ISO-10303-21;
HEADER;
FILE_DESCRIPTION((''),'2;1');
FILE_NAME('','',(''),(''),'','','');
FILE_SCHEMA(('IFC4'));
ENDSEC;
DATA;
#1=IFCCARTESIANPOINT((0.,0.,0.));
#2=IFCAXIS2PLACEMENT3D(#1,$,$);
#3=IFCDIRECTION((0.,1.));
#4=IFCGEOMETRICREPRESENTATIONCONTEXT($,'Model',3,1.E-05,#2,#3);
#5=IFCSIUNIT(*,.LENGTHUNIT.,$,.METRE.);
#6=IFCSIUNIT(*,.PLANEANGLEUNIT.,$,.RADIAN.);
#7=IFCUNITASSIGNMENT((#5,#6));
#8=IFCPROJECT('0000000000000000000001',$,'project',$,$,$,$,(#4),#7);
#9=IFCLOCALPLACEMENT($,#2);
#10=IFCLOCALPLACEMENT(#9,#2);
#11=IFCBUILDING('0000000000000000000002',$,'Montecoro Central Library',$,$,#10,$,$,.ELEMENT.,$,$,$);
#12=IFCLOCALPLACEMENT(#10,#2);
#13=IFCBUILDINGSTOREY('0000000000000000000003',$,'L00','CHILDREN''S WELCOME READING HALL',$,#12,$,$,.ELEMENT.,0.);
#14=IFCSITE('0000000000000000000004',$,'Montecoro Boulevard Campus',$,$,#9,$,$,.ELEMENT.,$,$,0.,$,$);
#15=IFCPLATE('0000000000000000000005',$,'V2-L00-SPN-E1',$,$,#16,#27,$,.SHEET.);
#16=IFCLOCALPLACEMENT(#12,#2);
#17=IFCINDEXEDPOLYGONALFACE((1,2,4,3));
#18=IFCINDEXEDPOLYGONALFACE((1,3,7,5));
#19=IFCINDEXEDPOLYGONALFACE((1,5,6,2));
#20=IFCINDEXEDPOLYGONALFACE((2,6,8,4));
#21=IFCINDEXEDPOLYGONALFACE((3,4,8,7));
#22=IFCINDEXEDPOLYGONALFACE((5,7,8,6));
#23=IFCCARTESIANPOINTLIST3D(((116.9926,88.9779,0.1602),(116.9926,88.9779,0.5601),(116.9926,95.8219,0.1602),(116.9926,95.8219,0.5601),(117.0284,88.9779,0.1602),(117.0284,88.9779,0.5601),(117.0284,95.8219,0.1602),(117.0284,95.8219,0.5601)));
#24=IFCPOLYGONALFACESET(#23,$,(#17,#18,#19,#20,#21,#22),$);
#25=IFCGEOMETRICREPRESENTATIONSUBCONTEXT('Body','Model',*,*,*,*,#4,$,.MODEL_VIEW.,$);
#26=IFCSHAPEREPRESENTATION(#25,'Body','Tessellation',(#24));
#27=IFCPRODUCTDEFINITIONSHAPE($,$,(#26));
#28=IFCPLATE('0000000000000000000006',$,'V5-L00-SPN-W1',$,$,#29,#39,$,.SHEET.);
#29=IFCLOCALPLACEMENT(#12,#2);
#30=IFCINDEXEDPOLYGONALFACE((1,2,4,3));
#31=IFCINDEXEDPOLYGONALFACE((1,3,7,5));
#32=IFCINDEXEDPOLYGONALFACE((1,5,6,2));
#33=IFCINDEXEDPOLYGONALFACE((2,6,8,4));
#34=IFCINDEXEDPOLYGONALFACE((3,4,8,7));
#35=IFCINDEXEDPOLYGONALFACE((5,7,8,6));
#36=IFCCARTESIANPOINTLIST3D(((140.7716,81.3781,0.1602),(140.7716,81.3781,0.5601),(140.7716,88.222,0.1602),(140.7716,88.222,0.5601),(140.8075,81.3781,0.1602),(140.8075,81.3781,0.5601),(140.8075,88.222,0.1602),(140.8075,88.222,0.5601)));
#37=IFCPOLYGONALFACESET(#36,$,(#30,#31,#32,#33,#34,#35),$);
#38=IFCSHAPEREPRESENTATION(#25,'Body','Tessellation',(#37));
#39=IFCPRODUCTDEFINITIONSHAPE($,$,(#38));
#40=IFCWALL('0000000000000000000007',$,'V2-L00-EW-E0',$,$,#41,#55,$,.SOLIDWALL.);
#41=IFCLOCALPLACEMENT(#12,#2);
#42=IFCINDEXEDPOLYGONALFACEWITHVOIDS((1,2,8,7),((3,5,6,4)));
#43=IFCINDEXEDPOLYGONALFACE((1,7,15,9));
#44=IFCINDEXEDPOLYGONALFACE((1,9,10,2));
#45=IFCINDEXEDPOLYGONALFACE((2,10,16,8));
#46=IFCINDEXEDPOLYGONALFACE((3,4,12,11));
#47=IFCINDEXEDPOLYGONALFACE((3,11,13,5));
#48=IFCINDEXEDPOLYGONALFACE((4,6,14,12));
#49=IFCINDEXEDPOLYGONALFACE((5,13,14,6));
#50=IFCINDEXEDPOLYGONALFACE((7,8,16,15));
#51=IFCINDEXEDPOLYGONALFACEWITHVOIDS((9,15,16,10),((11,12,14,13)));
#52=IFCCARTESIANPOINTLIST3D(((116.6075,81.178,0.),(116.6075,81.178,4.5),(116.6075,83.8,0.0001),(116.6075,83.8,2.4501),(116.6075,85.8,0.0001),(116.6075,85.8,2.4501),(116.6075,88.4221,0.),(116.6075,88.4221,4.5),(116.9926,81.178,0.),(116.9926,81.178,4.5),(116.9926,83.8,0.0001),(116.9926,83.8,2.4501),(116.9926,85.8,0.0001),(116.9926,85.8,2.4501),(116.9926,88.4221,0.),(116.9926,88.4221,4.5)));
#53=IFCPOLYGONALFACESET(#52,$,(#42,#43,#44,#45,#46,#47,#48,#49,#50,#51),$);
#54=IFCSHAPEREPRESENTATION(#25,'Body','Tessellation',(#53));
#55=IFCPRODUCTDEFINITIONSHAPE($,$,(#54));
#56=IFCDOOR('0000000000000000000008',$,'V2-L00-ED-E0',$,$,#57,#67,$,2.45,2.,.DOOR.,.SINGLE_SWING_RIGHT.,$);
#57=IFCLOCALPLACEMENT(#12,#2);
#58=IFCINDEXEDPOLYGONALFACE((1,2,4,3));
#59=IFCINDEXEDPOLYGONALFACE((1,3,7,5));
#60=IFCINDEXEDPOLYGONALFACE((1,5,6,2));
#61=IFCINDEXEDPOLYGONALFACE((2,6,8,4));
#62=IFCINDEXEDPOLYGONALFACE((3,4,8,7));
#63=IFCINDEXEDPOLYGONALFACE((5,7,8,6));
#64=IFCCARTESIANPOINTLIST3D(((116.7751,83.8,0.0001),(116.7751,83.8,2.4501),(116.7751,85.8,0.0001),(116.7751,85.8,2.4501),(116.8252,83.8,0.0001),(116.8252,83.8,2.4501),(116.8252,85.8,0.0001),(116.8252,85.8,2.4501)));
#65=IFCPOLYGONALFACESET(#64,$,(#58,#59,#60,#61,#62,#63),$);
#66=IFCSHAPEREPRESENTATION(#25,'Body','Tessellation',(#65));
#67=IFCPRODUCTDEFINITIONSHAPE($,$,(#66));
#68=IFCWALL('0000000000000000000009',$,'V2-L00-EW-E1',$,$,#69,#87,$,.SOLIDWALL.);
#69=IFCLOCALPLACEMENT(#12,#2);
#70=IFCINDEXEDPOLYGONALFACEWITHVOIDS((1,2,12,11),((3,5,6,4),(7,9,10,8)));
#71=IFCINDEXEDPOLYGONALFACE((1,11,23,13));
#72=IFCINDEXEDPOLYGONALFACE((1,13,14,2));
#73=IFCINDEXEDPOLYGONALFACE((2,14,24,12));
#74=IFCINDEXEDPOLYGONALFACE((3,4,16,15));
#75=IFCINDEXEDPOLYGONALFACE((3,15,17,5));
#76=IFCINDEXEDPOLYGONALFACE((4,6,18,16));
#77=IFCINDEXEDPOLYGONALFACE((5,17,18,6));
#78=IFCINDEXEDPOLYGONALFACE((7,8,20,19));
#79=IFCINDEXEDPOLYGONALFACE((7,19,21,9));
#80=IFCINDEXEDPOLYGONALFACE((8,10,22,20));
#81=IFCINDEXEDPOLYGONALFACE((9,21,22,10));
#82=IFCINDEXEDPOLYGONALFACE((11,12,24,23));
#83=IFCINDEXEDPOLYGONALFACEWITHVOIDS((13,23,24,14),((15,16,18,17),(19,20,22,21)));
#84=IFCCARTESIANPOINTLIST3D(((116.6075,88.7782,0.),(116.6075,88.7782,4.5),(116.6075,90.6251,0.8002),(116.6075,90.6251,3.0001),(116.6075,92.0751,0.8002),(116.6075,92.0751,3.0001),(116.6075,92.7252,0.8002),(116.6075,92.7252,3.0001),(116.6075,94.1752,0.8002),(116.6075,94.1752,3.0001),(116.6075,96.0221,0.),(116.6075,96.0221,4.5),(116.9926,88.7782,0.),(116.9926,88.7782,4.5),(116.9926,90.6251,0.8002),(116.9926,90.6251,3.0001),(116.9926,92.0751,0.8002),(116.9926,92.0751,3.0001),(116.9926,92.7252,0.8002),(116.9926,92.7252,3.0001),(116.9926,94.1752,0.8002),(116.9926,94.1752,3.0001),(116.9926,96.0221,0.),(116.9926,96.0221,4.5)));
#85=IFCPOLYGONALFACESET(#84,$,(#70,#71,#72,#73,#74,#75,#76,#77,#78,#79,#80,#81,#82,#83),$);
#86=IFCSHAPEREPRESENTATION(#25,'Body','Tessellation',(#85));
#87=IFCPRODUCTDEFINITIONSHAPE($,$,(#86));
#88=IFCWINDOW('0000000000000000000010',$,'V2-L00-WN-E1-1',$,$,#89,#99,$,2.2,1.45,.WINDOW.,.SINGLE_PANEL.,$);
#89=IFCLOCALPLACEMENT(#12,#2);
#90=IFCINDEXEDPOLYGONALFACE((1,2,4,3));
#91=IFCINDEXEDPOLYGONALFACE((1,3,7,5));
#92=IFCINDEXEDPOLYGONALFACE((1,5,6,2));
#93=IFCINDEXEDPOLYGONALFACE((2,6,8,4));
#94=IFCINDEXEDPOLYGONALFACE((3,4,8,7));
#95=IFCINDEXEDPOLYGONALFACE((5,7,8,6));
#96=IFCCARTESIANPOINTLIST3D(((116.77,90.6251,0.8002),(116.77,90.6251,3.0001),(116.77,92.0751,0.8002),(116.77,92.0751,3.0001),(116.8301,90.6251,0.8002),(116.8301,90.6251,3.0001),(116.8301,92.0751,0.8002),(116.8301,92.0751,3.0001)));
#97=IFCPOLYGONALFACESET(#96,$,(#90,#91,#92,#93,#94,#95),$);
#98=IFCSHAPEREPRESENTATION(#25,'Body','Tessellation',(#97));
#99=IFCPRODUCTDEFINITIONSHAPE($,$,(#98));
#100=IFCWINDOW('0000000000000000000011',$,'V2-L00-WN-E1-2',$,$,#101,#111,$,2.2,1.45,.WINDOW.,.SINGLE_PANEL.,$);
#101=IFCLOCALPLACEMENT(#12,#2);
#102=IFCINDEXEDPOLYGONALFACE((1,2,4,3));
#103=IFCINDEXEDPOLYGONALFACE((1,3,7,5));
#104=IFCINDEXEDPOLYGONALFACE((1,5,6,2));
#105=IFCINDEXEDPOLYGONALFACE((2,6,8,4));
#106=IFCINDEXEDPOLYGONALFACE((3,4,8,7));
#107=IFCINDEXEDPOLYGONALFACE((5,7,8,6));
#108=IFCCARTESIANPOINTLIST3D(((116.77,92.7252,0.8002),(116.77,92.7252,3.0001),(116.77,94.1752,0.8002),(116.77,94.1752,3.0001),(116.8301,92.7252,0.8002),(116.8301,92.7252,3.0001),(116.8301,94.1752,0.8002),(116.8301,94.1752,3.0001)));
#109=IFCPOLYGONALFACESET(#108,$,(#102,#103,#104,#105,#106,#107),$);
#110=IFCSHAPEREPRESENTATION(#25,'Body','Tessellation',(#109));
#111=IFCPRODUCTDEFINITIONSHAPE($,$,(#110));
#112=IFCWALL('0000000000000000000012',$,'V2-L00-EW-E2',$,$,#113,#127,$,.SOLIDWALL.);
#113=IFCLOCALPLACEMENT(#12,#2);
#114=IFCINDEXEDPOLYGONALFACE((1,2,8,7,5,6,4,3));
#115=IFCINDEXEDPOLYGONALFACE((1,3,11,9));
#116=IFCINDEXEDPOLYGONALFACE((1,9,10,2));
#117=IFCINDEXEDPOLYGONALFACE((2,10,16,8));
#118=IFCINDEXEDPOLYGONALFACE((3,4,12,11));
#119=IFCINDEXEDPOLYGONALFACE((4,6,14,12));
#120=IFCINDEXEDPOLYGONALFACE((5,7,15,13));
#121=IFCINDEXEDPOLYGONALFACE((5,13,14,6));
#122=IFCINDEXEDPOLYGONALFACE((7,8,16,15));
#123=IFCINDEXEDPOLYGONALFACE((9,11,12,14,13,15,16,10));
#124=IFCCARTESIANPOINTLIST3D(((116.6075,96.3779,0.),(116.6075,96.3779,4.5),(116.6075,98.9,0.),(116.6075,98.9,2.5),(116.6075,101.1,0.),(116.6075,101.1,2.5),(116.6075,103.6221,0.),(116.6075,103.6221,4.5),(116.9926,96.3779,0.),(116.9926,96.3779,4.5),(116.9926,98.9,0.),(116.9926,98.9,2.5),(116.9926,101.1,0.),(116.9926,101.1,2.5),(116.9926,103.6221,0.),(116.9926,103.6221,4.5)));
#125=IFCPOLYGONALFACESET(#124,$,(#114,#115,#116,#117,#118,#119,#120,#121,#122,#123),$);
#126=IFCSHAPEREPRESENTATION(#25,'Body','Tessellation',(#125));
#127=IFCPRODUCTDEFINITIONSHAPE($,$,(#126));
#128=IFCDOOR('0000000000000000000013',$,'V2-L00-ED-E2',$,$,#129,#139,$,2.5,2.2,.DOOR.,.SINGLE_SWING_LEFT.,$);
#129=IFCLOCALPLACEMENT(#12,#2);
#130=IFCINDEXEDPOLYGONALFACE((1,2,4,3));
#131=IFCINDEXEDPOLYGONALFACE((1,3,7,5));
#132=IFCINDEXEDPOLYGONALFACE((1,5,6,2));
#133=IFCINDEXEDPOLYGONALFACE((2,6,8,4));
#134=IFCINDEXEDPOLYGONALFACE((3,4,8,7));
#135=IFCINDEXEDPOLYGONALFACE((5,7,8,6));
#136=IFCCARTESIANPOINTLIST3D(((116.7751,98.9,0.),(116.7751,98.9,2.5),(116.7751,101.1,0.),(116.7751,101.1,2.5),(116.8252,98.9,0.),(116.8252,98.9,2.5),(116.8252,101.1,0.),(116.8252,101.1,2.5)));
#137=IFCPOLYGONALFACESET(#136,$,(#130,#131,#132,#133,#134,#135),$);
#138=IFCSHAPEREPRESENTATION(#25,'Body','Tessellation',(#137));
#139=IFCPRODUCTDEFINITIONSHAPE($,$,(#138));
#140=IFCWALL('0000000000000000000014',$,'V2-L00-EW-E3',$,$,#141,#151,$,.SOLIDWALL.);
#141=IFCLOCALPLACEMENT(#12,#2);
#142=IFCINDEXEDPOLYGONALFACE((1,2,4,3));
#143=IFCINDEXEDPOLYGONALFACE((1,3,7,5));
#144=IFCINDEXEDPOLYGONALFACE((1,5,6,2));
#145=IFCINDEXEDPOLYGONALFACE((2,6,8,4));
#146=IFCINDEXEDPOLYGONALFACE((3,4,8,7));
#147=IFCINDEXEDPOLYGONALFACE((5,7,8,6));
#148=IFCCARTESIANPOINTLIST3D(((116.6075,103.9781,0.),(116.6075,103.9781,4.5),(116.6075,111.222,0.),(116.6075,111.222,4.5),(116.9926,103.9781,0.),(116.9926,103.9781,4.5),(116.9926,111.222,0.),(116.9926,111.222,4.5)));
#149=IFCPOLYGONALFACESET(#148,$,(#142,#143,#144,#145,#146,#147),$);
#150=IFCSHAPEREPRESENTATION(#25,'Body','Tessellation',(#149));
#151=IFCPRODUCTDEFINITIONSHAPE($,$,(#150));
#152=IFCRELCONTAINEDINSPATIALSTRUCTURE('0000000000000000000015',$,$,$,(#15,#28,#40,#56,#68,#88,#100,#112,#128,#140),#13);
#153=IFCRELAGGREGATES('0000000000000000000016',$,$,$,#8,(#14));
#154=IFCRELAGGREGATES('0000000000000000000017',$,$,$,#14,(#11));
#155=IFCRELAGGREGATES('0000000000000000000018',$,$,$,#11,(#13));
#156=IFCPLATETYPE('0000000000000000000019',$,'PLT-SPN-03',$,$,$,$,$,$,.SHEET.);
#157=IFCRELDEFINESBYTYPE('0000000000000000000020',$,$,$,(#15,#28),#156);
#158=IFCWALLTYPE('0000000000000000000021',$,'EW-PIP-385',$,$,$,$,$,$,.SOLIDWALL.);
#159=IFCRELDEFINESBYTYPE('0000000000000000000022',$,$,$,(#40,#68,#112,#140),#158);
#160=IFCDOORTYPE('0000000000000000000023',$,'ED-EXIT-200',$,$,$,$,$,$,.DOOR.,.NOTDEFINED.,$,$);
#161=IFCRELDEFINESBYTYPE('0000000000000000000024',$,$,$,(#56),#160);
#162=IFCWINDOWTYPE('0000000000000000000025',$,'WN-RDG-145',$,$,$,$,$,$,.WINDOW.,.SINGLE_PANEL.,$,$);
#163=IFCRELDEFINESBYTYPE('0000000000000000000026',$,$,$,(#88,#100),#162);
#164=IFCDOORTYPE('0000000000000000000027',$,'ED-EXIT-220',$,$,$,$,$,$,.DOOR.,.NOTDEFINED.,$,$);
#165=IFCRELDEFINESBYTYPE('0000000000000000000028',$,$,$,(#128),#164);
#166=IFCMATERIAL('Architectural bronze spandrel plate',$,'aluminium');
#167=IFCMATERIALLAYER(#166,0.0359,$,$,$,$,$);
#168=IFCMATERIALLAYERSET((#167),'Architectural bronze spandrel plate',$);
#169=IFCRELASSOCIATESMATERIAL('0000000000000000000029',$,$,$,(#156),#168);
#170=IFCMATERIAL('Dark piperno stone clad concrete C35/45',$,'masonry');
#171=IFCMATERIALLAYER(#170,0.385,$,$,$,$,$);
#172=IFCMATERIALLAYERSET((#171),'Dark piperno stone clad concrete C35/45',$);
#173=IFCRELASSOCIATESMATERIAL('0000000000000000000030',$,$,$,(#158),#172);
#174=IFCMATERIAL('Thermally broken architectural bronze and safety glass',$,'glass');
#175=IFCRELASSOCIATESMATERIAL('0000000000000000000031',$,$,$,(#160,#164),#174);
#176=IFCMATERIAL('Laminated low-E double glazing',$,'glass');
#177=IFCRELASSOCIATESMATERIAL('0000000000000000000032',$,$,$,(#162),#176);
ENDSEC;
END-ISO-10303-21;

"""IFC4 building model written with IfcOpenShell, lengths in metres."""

from ifc_helpers import new_model, si_unit, direction, frame, frame_2d, origin, origin_2d, place, context, subcontext, project, spatial, rectangle, extrude, material, layer, layer_set, type_object, element, fill, save


model = new_model("IFC4")

# Units and contexts
model_context = context("Model", 3, precision=1e-05, world=origin(), true_north=direction((0.0, 1.0)))
body_context = subcontext(model_context, "Body", "Model", "MODEL_VIEW")
ifc_project = project(units=[si_unit("LENGTHUNIT", "METRE"), si_unit("PLANEANGLEUNIT", "RADIAN")], contexts=[model_context])

# Site, building, storey
site_placement = place(None, origin())
site = spatial("IfcSite", under=ifc_project, at=site_placement, Name="Montecoro Boulevard Campus", CompositionType="ELEMENT", RefElevation=0.0)
building_placement = place(site_placement, origin())
building = spatial("IfcBuilding", under=site, at=building_placement, Name="Montecoro Central Library", CompositionType="ELEMENT")
storey_placement = place(building_placement, origin())
storey = spatial("IfcBuildingStorey", under=building, at=storey_placement, Name="L00", Description="CHILDREN'S WELCOME READING HALL", CompositionType="ELEMENT", Elevation=0.0)

# Plates
ifc_material_1 = material(Name="Architectural bronze spandrel plate", Category="aluminium")
ifc_layer_1 = layer(ifc_material_1, 0.0359)
ifc_layer_set_1 = layer_set([ifc_layer_1], Name="Architectural bronze spandrel plate")
plate_type_1 = type_object("IfcPlateType", Name="PLT-SPN-03", PredefinedType="SHEET", material=ifc_layer_set_1)
for number, where, z_axis, x_axis, name in (
    (1, (117.0105, 92.3999, 0.1602), (0.0, 0.0, 1.0), (0.0, 1.0, 0.0), "V2-L00-SPN-E1"),
    (2, (140.7896, 84.8, 0.1602), (0.0, 0.0, 1.0), (0.0, -1.0, 0.0), "V5-L00-SPN-W1"),
):
    element("IfcPlate", number, at=place(storey_placement, frame(where, z_axis=z_axis, x_axis=x_axis)), inside=storey, type_object=plate_type_1, Name=name, PredefinedType="SHEET", context=body_context, shape_type="SweptSolid", body=[
        extrude(rectangle(XDim=6.844, YDim=0.0359, at=origin_2d()), origin(), (0.0, 0.0, 1.0), 0.3999),
    ])

# Wall, opening, door
ifc_material_2 = material(Name="Dark piperno stone clad concrete C35/45", Category="masonry")
ifc_layer_2 = layer(ifc_material_2, 0.385)
ifc_layer_set_2 = layer_set([ifc_layer_2], Name="Dark piperno stone clad concrete C35/45")
wall_type = type_object("IfcWallType", Name="EW-PIP-385", PredefinedType="SOLIDWALL", material=ifc_layer_set_2)
wall_1_placement = place(storey_placement, frame((116.8, 81.178, 0.0), z_axis=(0.0, 0.0, 1.0), x_axis=(0.0, 1.0, 0.0)))
wall_1 = element("IfcWall", 3, at=wall_1_placement, inside=storey, type_object=wall_type, Name="V2-L00-EW-E0", PredefinedType="SOLIDWALL", context=body_context, shape_type="SweptSolid", body=[
    extrude(rectangle(XDim=7.2441, YDim=0.385, at=frame_2d((3.6221, 0.0))), origin(), (0.0, 0.0, 1.0), 4.5),
])
opening_1_placement = place(wall_1_placement, frame((2.6221, 0.0, 0.0)))
opening_1 = element("IfcOpeningElement", 4, at=opening_1_placement, cuts=wall_1, PredefinedType="OPENING", context=body_context, shape_type="SweptSolid", body=[
    extrude(rectangle(XDim=2.0, YDim=2.45, at=frame_2d((1.0, 1.2251))), frame((0.0, 0.2024, 0.0), z_axis=(0.0, -1.0, 0.0), x_axis=(1.0, 0.0, 0.0)), (0.0, 0.0, 1.0), 0.405),
])
ifc_material_3 = material(Name="Thermally broken architectural bronze and safety glass", Category="glass")
door_type_1 = type_object("IfcDoorType", Name="ED-EXIT-200", OperationType="NOTDEFINED", PredefinedType="DOOR", material=ifc_material_3)
door_1_placement = place(opening_1_placement, origin())
door_1 = element("IfcDoor", 5, at=door_1_placement, inside=storey, type_object=door_type_1, Name="V2-L00-ED-E0", OperationType="SINGLE_SWING_RIGHT", OverallHeight=2.45, OverallWidth=2.0, PredefinedType="DOOR", context=body_context, shape_type="SweptSolid", body=[
    extrude(rectangle(XDim=2.0, YDim=2.45, at=frame_2d((1.0, 1.2251))), frame((0.0, 0.0249, 0.0), z_axis=(0.0, -1.0, 0.0), x_axis=(1.0, 0.0, 0.0)), (0.0, 0.0, 1.0), 0.05),
])
fill(opening_1, door_1)

# Wall, openings, windows
wall_2_placement = place(storey_placement, frame((116.8, 88.7781, 0.0), z_axis=(0.0, 0.0, 1.0), x_axis=(0.0, 1.0, 0.0)))
wall_2 = element("IfcWall", 6, at=wall_2_placement, inside=storey, type_object=wall_type, Name="V2-L00-EW-E1", PredefinedType="SOLIDWALL", context=body_context, shape_type="SweptSolid", body=[
    extrude(rectangle(XDim=7.2439, YDim=0.385, at=frame_2d((3.6221, 0.0))), origin(), (0.0, 0.0, 1.0), 4.5),
])
opening_2_placement = place(wall_2_placement, frame((1.8469, 0.0, 0.8)))
opening_2 = element("IfcOpeningElement", 7, at=opening_2_placement, cuts=wall_2, PredefinedType="OPENING", context=body_context, shape_type="SweptSolid", body=[
    extrude(rectangle(XDim=1.45, YDim=2.2, at=frame_2d((0.7251, 1.1001))), frame((0.0, 0.2024, 0.0), z_axis=(0.0, -1.0, 0.0), x_axis=(1.0, 0.0, 0.0)), (0.0, 0.0, 1.0), 0.405),
])
opening_3_placement = place(wall_2_placement, frame((3.947, 0.0, 0.8)))
opening_3 = element("IfcOpeningElement", 8, at=opening_3_placement, cuts=wall_2, PredefinedType="OPENING", context=body_context, shape_type="SweptSolid", body=[
    extrude(rectangle(XDim=1.45, YDim=2.2, at=frame_2d((0.7251, 1.1001))), frame((0.0, 0.2024, 0.0), z_axis=(0.0, -1.0, 0.0), x_axis=(1.0, 0.0, 0.0)), (0.0, 0.0, 1.0), 0.405),
])
ifc_material_4 = material(Name="Laminated low-E double glazing", Category="glass")
window_type_1 = type_object("IfcWindowType", Name="WN-RDG-145", PartitioningType="SINGLE_PANEL", PredefinedType="WINDOW", material=ifc_material_4)
window_1_placement = place(opening_2_placement, origin())
window_1 = element("IfcWindow", 9, at=window_1_placement, inside=storey, type_object=window_type_1, Name="V2-L00-WN-E1-1", OverallHeight=2.2, OverallWidth=1.45, PartitioningType="SINGLE_PANEL", PredefinedType="WINDOW", context=body_context, shape_type="SweptSolid", body=[
    extrude(rectangle(XDim=1.45, YDim=2.2, at=frame_2d((0.7251, 1.1001))), frame((0.0, 0.03, 0.0), z_axis=(0.0, -1.0, 0.0), x_axis=(1.0, 0.0, 0.0)), (0.0, 0.0, 1.0), 0.0601),
])
fill(opening_2, window_1)
window_2_placement = place(opening_3_placement, origin())
window_2 = element("IfcWindow", 10, at=window_2_placement, inside=storey, type_object=window_type_1, Name="V2-L00-WN-E1-2", OverallHeight=2.2, OverallWidth=1.45, PartitioningType="SINGLE_PANEL", PredefinedType="WINDOW", context=body_context, shape_type="SweptSolid", body=[
    extrude(rectangle(XDim=1.45, YDim=2.2, at=frame_2d((0.7251, 1.1001))), frame((0.0, 0.03, 0.0), z_axis=(0.0, -1.0, 0.0), x_axis=(1.0, 0.0, 0.0)), (0.0, 0.0, 1.0), 0.0601),
])
fill(opening_3, window_2)

# Wall, opening, door
wall_3_placement = place(storey_placement, frame((116.8, 96.3779, 0.0), z_axis=(0.0, 0.0, 1.0), x_axis=(0.0, 1.0, 0.0)))
wall_3 = element("IfcWall", 11, at=wall_3_placement, inside=storey, type_object=wall_type, Name="V2-L00-EW-E2", PredefinedType="SOLIDWALL", context=body_context, shape_type="SweptSolid", body=[
    extrude(rectangle(XDim=7.2441, YDim=0.385, at=frame_2d((3.6221, 0.0))), origin(), (0.0, 0.0, 1.0), 4.5),
])
opening_4_placement = place(wall_3_placement, frame((2.522, 0.0, 0.0)))
opening_4 = element("IfcOpeningElement", 12, at=opening_4_placement, cuts=wall_3, PredefinedType="OPENING", context=body_context, shape_type="SweptSolid", body=[
    extrude(rectangle(XDim=2.2, YDim=2.5, at=frame_2d((1.1001, 1.25))), frame((0.0, 0.2024, 0.0), z_axis=(0.0, -1.0, 0.0), x_axis=(1.0, 0.0, 0.0)), (0.0, 0.0, 1.0), 0.405),
])
door_type_2 = type_object("IfcDoorType", Name="ED-EXIT-220", OperationType="NOTDEFINED", PredefinedType="DOOR", material=ifc_material_3)
door_2_placement = place(opening_4_placement, origin())
door_2 = element("IfcDoor", 13, at=door_2_placement, inside=storey, type_object=door_type_2, Name="V2-L00-ED-E2", OperationType="SINGLE_SWING_LEFT", OverallHeight=2.5, OverallWidth=2.2, PredefinedType="DOOR", context=body_context, shape_type="SweptSolid", body=[
    extrude(rectangle(XDim=2.2, YDim=2.5, at=frame_2d((1.1001, 1.25))), frame((0.0, 0.0249, 0.0), z_axis=(0.0, -1.0, 0.0), x_axis=(1.0, 0.0, 0.0)), (0.0, 0.0, 1.0), 0.05),
])
fill(opening_4, door_2)

# Wall
wall_4_placement = place(storey_placement, frame((116.8, 103.978, 0.0), z_axis=(0.0, 0.0, 1.0), x_axis=(0.0, 1.0, 0.0)))
element("IfcWall", 14, at=wall_4_placement, inside=storey, type_object=wall_type, Name="V2-L00-EW-E3", PredefinedType="SOLIDWALL", context=body_context, shape_type="SweptSolid", body=[
    extrude(rectangle(XDim=7.2439, YDim=0.385, at=frame_2d((3.6221, 0.0))), origin(), (0.0, 0.0, 1.0), 4.5),
])

save(model, "model.ifc")
